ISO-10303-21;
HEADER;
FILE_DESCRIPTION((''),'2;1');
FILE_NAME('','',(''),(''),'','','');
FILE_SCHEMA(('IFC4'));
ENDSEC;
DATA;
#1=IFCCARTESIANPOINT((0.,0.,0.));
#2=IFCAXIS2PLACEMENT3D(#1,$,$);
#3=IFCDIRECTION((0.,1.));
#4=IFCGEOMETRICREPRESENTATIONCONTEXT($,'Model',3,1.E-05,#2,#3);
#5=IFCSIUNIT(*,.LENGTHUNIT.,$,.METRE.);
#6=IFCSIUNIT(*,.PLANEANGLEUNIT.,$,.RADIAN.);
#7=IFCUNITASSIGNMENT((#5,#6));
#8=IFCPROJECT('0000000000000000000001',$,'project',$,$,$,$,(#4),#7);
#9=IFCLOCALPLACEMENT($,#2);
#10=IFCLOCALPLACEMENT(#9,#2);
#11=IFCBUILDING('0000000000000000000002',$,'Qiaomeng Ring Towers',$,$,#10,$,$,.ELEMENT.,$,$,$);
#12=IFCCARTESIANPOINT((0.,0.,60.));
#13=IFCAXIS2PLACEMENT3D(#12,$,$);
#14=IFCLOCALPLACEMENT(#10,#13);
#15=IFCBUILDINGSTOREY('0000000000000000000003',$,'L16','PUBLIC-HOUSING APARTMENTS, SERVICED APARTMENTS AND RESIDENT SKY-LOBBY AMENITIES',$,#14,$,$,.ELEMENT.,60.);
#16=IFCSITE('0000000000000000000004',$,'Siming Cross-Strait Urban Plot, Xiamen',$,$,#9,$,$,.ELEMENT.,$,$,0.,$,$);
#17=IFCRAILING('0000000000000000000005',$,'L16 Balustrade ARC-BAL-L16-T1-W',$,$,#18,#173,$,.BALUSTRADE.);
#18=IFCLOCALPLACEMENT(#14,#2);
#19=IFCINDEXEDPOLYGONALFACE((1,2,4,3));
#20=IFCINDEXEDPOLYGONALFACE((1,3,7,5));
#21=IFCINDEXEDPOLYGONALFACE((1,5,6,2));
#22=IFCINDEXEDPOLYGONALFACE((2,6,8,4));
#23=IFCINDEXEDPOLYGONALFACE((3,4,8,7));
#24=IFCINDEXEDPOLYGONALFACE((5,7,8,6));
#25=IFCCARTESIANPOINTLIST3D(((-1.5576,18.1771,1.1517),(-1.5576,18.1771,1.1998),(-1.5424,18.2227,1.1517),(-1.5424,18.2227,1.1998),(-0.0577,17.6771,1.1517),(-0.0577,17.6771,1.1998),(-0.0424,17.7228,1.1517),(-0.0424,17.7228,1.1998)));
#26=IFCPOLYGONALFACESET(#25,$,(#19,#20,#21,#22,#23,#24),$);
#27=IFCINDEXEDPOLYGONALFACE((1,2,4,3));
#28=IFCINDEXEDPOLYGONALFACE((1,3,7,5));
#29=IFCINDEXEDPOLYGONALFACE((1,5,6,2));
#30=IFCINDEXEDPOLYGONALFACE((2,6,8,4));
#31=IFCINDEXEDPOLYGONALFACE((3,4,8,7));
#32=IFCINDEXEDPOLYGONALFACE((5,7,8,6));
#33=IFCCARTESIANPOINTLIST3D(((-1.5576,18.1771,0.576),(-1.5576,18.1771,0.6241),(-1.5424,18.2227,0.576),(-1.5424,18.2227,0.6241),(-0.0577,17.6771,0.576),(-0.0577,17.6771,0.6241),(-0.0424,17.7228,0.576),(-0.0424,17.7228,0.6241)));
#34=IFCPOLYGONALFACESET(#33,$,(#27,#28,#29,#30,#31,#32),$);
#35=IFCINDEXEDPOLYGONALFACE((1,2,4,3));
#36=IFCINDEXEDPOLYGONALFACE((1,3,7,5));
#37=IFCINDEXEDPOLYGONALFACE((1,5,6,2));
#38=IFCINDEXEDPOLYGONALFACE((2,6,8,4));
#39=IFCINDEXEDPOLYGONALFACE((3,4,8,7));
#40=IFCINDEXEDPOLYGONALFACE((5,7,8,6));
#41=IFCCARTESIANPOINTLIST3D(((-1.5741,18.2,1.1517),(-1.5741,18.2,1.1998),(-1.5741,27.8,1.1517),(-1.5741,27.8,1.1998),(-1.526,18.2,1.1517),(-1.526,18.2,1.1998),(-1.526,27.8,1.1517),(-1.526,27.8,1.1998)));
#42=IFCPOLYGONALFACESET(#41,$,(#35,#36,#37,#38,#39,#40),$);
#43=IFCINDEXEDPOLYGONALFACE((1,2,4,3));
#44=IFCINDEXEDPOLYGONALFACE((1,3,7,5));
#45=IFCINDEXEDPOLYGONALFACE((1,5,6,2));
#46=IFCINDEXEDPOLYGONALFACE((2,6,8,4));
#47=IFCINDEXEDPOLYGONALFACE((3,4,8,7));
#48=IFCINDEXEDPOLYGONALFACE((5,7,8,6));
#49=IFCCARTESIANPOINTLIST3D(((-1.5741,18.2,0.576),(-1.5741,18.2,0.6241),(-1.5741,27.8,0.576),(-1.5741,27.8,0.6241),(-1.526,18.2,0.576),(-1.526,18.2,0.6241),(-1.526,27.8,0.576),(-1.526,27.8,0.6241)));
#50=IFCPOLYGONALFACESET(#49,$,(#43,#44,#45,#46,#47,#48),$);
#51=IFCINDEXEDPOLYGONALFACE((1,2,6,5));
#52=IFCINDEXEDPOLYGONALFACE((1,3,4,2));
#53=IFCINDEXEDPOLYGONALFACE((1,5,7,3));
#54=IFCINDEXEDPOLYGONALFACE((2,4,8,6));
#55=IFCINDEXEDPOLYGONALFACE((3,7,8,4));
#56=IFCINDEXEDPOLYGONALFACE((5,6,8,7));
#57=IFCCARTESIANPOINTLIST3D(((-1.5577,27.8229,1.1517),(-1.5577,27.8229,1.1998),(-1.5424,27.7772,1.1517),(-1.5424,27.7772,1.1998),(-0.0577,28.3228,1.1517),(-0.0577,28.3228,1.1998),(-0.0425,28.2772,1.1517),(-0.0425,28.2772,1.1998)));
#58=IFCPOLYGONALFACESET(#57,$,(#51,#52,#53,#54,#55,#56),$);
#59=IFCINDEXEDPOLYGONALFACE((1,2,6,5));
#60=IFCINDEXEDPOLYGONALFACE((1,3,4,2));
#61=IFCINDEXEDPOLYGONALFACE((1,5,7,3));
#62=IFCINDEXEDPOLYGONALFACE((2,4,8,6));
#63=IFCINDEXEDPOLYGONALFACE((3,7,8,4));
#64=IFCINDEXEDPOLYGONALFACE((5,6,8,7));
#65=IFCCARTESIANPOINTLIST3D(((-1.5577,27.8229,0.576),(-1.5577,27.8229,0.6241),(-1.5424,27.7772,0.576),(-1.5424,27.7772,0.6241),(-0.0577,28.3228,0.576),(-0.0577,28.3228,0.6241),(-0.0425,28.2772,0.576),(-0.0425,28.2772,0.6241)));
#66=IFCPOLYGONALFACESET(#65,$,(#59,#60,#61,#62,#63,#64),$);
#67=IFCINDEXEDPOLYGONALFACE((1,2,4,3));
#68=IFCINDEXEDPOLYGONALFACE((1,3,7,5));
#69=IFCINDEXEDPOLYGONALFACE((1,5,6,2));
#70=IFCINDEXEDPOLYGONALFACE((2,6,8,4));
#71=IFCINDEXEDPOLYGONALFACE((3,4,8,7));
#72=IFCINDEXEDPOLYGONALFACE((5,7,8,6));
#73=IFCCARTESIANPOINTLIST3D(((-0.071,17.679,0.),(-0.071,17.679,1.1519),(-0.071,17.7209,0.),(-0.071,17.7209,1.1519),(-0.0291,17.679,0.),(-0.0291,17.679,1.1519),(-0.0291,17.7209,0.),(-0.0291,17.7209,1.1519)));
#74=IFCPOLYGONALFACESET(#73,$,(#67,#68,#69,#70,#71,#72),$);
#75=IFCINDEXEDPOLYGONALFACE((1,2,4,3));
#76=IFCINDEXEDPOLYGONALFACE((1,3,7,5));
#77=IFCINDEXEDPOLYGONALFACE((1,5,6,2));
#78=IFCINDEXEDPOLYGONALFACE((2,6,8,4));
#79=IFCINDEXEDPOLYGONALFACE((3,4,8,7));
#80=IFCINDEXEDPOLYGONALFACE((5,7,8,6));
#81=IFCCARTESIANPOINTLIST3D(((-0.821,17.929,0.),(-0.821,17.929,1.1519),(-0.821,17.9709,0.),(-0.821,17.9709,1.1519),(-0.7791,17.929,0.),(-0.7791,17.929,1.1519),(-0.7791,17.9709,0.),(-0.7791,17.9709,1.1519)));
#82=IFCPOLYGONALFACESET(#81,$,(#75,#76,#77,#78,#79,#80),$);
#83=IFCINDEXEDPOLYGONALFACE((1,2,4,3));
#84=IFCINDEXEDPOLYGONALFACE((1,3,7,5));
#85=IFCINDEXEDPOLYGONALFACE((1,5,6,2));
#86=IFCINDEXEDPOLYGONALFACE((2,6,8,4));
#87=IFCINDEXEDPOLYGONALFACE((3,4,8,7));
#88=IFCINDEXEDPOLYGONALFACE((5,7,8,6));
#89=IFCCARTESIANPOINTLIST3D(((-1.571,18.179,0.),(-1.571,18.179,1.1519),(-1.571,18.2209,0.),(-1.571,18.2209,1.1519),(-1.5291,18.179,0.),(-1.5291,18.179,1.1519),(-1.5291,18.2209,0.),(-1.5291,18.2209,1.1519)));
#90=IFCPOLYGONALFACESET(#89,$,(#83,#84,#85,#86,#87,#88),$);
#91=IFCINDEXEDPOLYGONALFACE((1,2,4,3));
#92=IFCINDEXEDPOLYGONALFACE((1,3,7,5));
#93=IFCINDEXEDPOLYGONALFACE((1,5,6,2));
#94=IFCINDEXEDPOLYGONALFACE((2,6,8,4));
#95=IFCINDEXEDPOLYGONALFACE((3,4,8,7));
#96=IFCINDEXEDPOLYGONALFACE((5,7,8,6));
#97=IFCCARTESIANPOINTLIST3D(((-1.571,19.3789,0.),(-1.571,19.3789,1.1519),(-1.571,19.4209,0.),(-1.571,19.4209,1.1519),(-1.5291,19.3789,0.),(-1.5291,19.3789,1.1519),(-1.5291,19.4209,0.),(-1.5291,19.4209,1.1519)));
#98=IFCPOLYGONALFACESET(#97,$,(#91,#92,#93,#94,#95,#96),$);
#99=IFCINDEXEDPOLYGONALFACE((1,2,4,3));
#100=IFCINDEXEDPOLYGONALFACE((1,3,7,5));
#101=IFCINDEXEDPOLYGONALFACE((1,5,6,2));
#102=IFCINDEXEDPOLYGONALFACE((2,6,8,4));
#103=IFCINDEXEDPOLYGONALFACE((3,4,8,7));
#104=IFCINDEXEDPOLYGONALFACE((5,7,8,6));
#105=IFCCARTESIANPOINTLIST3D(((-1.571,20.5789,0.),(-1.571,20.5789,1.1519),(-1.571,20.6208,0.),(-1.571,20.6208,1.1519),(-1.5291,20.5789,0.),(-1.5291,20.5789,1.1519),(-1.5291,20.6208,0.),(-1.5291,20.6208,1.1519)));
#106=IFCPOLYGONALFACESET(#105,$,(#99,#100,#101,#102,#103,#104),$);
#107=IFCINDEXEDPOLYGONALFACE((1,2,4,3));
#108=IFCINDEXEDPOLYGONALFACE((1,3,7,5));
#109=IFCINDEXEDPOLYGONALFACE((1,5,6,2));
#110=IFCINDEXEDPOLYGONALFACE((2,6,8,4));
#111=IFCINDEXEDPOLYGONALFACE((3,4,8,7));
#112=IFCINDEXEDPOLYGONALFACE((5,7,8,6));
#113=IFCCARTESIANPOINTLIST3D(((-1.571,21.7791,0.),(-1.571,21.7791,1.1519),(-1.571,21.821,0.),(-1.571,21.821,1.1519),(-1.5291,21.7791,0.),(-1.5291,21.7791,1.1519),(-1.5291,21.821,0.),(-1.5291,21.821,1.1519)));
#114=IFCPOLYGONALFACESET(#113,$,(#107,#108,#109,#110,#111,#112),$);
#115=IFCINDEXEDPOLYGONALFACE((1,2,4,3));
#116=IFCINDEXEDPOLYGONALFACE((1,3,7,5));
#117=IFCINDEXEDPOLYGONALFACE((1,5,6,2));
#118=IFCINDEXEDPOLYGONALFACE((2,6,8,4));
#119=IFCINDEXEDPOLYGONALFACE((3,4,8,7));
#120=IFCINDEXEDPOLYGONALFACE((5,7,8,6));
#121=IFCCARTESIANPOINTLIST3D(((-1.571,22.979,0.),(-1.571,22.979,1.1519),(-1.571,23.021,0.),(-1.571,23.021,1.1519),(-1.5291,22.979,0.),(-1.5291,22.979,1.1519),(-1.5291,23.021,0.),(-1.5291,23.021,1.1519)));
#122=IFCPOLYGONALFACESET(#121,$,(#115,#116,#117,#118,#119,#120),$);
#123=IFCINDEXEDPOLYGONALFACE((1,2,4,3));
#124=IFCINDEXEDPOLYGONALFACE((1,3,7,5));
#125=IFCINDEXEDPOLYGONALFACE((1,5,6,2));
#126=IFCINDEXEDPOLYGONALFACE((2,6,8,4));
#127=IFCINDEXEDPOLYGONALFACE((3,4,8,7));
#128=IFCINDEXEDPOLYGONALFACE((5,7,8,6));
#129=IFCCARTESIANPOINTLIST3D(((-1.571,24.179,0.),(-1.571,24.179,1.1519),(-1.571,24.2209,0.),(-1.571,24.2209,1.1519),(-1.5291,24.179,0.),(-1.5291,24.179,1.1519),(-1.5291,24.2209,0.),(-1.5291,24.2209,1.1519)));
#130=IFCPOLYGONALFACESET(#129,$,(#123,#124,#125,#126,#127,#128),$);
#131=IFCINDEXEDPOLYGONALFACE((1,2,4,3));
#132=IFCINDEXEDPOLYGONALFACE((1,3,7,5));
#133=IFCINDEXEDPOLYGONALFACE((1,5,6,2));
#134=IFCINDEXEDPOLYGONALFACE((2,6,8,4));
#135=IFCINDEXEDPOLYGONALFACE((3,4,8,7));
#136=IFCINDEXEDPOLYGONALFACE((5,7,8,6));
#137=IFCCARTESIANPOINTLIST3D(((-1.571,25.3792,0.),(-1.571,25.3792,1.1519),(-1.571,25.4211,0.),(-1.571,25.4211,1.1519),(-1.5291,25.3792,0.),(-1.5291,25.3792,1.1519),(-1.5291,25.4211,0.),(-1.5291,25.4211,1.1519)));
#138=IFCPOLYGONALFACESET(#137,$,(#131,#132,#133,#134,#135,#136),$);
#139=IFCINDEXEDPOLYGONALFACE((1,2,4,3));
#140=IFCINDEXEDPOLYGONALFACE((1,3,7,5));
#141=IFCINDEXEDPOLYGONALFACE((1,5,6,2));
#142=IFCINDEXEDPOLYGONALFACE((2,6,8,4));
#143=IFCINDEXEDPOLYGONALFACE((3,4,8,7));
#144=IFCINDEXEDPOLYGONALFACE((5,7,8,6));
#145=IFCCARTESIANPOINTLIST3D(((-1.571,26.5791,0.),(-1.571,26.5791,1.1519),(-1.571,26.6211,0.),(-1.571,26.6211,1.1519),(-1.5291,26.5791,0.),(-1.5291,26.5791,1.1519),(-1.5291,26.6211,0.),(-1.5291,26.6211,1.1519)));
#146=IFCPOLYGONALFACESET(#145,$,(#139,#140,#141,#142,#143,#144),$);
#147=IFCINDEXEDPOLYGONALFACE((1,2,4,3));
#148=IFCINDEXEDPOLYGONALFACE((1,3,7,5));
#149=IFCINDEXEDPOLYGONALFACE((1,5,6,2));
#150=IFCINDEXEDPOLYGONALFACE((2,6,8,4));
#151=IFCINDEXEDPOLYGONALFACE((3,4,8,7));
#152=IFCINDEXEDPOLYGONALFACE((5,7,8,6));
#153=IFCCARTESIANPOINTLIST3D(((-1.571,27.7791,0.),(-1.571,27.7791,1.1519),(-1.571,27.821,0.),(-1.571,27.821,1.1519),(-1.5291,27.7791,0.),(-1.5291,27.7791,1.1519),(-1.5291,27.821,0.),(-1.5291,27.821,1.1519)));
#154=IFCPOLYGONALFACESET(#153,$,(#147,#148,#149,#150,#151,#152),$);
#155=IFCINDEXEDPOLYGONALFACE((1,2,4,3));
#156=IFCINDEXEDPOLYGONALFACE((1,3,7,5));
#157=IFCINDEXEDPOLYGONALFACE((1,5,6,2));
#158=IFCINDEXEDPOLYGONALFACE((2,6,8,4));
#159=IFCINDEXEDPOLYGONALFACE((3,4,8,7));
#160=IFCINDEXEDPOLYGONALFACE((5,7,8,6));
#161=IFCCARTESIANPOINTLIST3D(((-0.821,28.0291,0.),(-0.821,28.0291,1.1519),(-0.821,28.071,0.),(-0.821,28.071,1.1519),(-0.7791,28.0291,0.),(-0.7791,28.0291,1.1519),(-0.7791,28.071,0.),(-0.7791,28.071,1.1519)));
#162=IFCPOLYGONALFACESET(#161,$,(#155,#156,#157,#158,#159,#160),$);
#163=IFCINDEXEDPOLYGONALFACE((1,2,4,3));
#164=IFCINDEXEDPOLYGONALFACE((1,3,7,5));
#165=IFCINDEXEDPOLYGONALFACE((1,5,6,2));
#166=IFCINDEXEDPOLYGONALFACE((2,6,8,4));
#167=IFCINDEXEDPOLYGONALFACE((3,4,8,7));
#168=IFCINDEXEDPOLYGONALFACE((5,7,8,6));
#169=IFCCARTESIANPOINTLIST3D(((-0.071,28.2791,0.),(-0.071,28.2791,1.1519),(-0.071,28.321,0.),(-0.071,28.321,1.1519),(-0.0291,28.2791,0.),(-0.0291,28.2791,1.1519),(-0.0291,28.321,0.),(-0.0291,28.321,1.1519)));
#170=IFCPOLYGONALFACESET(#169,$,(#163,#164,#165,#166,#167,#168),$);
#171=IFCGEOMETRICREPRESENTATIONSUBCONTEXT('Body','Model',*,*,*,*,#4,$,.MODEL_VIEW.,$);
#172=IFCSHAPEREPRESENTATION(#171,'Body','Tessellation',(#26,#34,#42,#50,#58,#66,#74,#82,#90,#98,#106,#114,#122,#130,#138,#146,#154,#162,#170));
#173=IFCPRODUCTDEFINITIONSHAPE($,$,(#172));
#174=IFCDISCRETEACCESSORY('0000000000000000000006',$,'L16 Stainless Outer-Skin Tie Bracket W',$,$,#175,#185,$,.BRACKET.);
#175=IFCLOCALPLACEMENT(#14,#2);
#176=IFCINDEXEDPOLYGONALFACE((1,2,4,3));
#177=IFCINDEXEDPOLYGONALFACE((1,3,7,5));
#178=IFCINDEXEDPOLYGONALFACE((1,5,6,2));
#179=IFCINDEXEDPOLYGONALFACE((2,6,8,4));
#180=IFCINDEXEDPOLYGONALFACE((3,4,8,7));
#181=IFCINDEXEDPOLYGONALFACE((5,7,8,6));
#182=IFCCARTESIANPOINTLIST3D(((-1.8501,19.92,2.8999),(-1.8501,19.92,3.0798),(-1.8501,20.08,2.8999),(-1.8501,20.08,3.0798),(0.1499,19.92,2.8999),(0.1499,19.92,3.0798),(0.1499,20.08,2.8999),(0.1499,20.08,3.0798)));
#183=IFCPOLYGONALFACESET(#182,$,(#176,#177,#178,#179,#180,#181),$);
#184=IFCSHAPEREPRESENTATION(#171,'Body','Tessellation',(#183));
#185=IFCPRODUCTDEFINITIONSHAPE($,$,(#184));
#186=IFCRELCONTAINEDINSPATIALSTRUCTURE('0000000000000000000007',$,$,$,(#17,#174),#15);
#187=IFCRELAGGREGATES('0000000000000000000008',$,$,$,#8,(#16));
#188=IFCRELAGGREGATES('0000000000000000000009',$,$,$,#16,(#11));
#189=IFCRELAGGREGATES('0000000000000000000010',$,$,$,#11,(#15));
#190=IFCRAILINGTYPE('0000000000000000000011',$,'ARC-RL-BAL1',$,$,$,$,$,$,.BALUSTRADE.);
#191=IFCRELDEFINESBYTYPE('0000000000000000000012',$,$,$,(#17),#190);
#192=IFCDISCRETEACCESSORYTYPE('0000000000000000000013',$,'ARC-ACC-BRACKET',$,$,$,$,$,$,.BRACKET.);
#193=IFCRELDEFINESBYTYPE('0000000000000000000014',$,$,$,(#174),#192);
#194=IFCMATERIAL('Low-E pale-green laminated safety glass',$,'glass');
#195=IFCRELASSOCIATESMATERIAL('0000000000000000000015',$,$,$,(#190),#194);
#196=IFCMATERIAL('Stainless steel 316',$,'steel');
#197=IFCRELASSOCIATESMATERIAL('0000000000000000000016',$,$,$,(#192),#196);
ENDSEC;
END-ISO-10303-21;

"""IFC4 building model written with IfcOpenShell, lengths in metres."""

from ifc_helpers import new_model, si_unit, direction, frame, origin, origin_2d, place, context, subcontext, project, spatial, rectangle, extrude, source, transform, mapped, material, type_object, element, save


model = new_model("IFC4")

# Units and contexts
model_context = context("Model", 3, precision=1e-05, world=origin(), true_north=direction((0.0, 1.0)))
body_context = subcontext(model_context, "Body", "Model", "MODEL_VIEW")
ifc_project = project(units=[si_unit("LENGTHUNIT", "METRE"), si_unit("PLANEANGLEUNIT", "RADIAN")], contexts=[model_context])

# Site, building, storey
site_placement = place(None, origin())
site = spatial("IfcSite", under=ifc_project, at=site_placement, Name="Siming Cross-Strait Urban Plot, Xiamen", CompositionType="ELEMENT", RefElevation=0.0)
building_placement = place(site_placement, origin())
building = spatial("IfcBuilding", under=site, at=building_placement, Name="Qiaomeng Ring Towers", CompositionType="ELEMENT")
storey_placement = place(building_placement, frame((0.0, 0.0, 60.0)))
storey = spatial("IfcBuildingStorey", under=building, at=storey_placement, Name="L16", Description="PUBLIC-HOUSING APARTMENTS, SERVICED APARTMENTS AND RESIDENT SKY-LOBBY AMENITIES", CompositionType="ELEMENT", Elevation=60.0)

# Shared definitions
ifc_material_1 = material(Name="Stainless steel 316", Category="steel")

# Railing
ifc_material_2 = material(Name="Low-E pale-green laminated safety glass", Category="glass")
railing_type = type_object("IfcRailingType", Name="ARC-RL-BAL1", PredefinedType="BALUSTRADE", material=ifc_material_2)
railing_1_placement = place(storey_placement, frame((-0.05, 17.7, 0.0)))
element("IfcRailing", 1, at=railing_1_placement, inside=storey, type_object=railing_type, Name="L16 Balustrade ARC-BAL-L16-T1-W", PredefinedType="BALUSTRADE", context=body_context, shape_type="SweptSolid", body=[
    extrude(rectangle(XDim=0.0481, YDim=0.0481, at=origin_2d()), frame((0.0, 0.0, 1.1758), z_axis=(-0.948683, 0.316228, 0.0), x_axis=(-0.316228, -0.948683, 0.0)), (0.0, 0.0, 1.0), 1.5811),
    extrude(rectangle(XDim=0.0481, YDim=0.0481, at=origin_2d()), frame((0.0, 0.0, 0.6001), z_axis=(-0.948683, 0.316228, 0.0), x_axis=(-0.316228, -0.948683, 0.0)), (0.0, 0.0, 1.0), 1.5811),
    extrude(rectangle(XDim=0.0481, YDim=0.0481, at=origin_2d()), frame((-1.5, 0.5, 1.1758), z_axis=(0.0, 1.0, 0.0), x_axis=(-1.0, 0.0, 0.0)), (0.0, 0.0, 1.0), 9.6001),
    extrude(rectangle(XDim=0.0481, YDim=0.0481, at=origin_2d()), frame((-1.5, 0.5, 0.6001), z_axis=(0.0, 1.0, 0.0), x_axis=(-1.0, 0.0, 0.0)), (0.0, 0.0, 1.0), 9.6001),
    extrude(rectangle(XDim=0.0481, YDim=0.0481, at=origin_2d()), frame((-1.5, 10.1001, 1.1758), z_axis=(0.948683, 0.316228, 0.0), x_axis=(-0.316228, 0.948683, 0.0)), (0.0, 0.0, 1.0), 1.5811),
    extrude(rectangle(XDim=0.0481, YDim=0.0481, at=origin_2d()), frame((-1.5, 10.1001, 0.6001), z_axis=(0.948683, 0.316228, 0.0), x_axis=(-0.316228, 0.948683, 0.0)), (0.0, 0.0, 1.0), 1.5811),
    extrude(rectangle(XDim=0.042, YDim=0.042, at=origin_2d()), origin(), (0.0, 0.0, 1.0), 1.1519),
    extrude(rectangle(XDim=0.042, YDim=0.042, at=origin_2d()), frame((-0.75, 0.25, 0.0)), (0.0, 0.0, 1.0), 1.1519),
    extrude(rectangle(XDim=0.042, YDim=0.042, at=origin_2d()), frame((-1.5, 0.5, 0.0)), (0.0, 0.0, 1.0), 1.1519),
    extrude(rectangle(XDim=0.042, YDim=0.042, at=origin_2d()), frame((-1.5, 1.7, 0.0)), (0.0, 0.0, 1.0), 1.1519),
    extrude(rectangle(XDim=0.042, YDim=0.042, at=origin_2d()), frame((-1.5, 2.8999, 0.0)), (0.0, 0.0, 1.0), 1.1519),
    extrude(rectangle(XDim=0.042, YDim=0.042, at=origin_2d()), frame((-1.5, 4.1001, 0.0)), (0.0, 0.0, 1.0), 1.1519),
    extrude(rectangle(XDim=0.042, YDim=0.042, at=origin_2d()), frame((-1.5, 5.3, 0.0)), (0.0, 0.0, 1.0), 1.1519),
    extrude(rectangle(XDim=0.042, YDim=0.042, at=origin_2d()), frame((-1.5, 6.5, 0.0)), (0.0, 0.0, 1.0), 1.1519),
    extrude(rectangle(XDim=0.042, YDim=0.042, at=origin_2d()), frame((-1.5, 7.7002, 0.0)), (0.0, 0.0, 1.0), 1.1519),
    extrude(rectangle(XDim=0.042, YDim=0.042, at=origin_2d()), frame((-1.5, 8.9001, 0.0)), (0.0, 0.0, 1.0), 1.1519),
    extrude(rectangle(XDim=0.042, YDim=0.042, at=origin_2d()), frame((-1.5, 10.1001, 0.0)), (0.0, 0.0, 1.0), 1.1519),
    extrude(rectangle(XDim=0.042, YDim=0.042, at=origin_2d()), frame((-0.75, 10.3501, 0.0)), (0.0, 0.0, 1.0), 1.1519),
    extrude(rectangle(XDim=0.042, YDim=0.042, at=origin_2d()), frame((0.0, 10.6001, 0.0)), (0.0, 0.0, 1.0), 1.1519),
])

# Discrete accessory
discrete_accessory_type = type_object("IfcDiscreteAccessoryType", Name="ARC-ACC-BRACKET", PredefinedType="BRACKET", material=ifc_material_1)
shared_shape_1 = source(origin(), body_context, "Body", "SweptSolid", [
    extrude(rectangle(XDim=2.0, YDim=0.1599, at=origin_2d()), origin(), (0.0, 0.0, 1.0), 0.1799),
])
discrete_accessory_placement = place(storey_placement, frame((-0.8501, 20.0, 2.8999), z_axis=(0.0, 0.0, 1.0), x_axis=(1.0, 0.0, 0.0)))
element("IfcDiscreteAccessory", 2, at=discrete_accessory_placement, inside=storey, type_object=discrete_accessory_type, Name="L16 Stainless Outer-Skin Tie Bracket W", PredefinedType="BRACKET", context=body_context, shape_type="MappedRepresentation", body=[
    mapped(shared_shape_1, transform((0.0, 0.0, 0.0), x_axis=(1.0, 0.0, 0.0), y_axis=(0.0, 1.0, 0.0), z_axis=(0.0, 0.0, 1.0), scale=1.0)),
])

save(model, "model.ifc")
